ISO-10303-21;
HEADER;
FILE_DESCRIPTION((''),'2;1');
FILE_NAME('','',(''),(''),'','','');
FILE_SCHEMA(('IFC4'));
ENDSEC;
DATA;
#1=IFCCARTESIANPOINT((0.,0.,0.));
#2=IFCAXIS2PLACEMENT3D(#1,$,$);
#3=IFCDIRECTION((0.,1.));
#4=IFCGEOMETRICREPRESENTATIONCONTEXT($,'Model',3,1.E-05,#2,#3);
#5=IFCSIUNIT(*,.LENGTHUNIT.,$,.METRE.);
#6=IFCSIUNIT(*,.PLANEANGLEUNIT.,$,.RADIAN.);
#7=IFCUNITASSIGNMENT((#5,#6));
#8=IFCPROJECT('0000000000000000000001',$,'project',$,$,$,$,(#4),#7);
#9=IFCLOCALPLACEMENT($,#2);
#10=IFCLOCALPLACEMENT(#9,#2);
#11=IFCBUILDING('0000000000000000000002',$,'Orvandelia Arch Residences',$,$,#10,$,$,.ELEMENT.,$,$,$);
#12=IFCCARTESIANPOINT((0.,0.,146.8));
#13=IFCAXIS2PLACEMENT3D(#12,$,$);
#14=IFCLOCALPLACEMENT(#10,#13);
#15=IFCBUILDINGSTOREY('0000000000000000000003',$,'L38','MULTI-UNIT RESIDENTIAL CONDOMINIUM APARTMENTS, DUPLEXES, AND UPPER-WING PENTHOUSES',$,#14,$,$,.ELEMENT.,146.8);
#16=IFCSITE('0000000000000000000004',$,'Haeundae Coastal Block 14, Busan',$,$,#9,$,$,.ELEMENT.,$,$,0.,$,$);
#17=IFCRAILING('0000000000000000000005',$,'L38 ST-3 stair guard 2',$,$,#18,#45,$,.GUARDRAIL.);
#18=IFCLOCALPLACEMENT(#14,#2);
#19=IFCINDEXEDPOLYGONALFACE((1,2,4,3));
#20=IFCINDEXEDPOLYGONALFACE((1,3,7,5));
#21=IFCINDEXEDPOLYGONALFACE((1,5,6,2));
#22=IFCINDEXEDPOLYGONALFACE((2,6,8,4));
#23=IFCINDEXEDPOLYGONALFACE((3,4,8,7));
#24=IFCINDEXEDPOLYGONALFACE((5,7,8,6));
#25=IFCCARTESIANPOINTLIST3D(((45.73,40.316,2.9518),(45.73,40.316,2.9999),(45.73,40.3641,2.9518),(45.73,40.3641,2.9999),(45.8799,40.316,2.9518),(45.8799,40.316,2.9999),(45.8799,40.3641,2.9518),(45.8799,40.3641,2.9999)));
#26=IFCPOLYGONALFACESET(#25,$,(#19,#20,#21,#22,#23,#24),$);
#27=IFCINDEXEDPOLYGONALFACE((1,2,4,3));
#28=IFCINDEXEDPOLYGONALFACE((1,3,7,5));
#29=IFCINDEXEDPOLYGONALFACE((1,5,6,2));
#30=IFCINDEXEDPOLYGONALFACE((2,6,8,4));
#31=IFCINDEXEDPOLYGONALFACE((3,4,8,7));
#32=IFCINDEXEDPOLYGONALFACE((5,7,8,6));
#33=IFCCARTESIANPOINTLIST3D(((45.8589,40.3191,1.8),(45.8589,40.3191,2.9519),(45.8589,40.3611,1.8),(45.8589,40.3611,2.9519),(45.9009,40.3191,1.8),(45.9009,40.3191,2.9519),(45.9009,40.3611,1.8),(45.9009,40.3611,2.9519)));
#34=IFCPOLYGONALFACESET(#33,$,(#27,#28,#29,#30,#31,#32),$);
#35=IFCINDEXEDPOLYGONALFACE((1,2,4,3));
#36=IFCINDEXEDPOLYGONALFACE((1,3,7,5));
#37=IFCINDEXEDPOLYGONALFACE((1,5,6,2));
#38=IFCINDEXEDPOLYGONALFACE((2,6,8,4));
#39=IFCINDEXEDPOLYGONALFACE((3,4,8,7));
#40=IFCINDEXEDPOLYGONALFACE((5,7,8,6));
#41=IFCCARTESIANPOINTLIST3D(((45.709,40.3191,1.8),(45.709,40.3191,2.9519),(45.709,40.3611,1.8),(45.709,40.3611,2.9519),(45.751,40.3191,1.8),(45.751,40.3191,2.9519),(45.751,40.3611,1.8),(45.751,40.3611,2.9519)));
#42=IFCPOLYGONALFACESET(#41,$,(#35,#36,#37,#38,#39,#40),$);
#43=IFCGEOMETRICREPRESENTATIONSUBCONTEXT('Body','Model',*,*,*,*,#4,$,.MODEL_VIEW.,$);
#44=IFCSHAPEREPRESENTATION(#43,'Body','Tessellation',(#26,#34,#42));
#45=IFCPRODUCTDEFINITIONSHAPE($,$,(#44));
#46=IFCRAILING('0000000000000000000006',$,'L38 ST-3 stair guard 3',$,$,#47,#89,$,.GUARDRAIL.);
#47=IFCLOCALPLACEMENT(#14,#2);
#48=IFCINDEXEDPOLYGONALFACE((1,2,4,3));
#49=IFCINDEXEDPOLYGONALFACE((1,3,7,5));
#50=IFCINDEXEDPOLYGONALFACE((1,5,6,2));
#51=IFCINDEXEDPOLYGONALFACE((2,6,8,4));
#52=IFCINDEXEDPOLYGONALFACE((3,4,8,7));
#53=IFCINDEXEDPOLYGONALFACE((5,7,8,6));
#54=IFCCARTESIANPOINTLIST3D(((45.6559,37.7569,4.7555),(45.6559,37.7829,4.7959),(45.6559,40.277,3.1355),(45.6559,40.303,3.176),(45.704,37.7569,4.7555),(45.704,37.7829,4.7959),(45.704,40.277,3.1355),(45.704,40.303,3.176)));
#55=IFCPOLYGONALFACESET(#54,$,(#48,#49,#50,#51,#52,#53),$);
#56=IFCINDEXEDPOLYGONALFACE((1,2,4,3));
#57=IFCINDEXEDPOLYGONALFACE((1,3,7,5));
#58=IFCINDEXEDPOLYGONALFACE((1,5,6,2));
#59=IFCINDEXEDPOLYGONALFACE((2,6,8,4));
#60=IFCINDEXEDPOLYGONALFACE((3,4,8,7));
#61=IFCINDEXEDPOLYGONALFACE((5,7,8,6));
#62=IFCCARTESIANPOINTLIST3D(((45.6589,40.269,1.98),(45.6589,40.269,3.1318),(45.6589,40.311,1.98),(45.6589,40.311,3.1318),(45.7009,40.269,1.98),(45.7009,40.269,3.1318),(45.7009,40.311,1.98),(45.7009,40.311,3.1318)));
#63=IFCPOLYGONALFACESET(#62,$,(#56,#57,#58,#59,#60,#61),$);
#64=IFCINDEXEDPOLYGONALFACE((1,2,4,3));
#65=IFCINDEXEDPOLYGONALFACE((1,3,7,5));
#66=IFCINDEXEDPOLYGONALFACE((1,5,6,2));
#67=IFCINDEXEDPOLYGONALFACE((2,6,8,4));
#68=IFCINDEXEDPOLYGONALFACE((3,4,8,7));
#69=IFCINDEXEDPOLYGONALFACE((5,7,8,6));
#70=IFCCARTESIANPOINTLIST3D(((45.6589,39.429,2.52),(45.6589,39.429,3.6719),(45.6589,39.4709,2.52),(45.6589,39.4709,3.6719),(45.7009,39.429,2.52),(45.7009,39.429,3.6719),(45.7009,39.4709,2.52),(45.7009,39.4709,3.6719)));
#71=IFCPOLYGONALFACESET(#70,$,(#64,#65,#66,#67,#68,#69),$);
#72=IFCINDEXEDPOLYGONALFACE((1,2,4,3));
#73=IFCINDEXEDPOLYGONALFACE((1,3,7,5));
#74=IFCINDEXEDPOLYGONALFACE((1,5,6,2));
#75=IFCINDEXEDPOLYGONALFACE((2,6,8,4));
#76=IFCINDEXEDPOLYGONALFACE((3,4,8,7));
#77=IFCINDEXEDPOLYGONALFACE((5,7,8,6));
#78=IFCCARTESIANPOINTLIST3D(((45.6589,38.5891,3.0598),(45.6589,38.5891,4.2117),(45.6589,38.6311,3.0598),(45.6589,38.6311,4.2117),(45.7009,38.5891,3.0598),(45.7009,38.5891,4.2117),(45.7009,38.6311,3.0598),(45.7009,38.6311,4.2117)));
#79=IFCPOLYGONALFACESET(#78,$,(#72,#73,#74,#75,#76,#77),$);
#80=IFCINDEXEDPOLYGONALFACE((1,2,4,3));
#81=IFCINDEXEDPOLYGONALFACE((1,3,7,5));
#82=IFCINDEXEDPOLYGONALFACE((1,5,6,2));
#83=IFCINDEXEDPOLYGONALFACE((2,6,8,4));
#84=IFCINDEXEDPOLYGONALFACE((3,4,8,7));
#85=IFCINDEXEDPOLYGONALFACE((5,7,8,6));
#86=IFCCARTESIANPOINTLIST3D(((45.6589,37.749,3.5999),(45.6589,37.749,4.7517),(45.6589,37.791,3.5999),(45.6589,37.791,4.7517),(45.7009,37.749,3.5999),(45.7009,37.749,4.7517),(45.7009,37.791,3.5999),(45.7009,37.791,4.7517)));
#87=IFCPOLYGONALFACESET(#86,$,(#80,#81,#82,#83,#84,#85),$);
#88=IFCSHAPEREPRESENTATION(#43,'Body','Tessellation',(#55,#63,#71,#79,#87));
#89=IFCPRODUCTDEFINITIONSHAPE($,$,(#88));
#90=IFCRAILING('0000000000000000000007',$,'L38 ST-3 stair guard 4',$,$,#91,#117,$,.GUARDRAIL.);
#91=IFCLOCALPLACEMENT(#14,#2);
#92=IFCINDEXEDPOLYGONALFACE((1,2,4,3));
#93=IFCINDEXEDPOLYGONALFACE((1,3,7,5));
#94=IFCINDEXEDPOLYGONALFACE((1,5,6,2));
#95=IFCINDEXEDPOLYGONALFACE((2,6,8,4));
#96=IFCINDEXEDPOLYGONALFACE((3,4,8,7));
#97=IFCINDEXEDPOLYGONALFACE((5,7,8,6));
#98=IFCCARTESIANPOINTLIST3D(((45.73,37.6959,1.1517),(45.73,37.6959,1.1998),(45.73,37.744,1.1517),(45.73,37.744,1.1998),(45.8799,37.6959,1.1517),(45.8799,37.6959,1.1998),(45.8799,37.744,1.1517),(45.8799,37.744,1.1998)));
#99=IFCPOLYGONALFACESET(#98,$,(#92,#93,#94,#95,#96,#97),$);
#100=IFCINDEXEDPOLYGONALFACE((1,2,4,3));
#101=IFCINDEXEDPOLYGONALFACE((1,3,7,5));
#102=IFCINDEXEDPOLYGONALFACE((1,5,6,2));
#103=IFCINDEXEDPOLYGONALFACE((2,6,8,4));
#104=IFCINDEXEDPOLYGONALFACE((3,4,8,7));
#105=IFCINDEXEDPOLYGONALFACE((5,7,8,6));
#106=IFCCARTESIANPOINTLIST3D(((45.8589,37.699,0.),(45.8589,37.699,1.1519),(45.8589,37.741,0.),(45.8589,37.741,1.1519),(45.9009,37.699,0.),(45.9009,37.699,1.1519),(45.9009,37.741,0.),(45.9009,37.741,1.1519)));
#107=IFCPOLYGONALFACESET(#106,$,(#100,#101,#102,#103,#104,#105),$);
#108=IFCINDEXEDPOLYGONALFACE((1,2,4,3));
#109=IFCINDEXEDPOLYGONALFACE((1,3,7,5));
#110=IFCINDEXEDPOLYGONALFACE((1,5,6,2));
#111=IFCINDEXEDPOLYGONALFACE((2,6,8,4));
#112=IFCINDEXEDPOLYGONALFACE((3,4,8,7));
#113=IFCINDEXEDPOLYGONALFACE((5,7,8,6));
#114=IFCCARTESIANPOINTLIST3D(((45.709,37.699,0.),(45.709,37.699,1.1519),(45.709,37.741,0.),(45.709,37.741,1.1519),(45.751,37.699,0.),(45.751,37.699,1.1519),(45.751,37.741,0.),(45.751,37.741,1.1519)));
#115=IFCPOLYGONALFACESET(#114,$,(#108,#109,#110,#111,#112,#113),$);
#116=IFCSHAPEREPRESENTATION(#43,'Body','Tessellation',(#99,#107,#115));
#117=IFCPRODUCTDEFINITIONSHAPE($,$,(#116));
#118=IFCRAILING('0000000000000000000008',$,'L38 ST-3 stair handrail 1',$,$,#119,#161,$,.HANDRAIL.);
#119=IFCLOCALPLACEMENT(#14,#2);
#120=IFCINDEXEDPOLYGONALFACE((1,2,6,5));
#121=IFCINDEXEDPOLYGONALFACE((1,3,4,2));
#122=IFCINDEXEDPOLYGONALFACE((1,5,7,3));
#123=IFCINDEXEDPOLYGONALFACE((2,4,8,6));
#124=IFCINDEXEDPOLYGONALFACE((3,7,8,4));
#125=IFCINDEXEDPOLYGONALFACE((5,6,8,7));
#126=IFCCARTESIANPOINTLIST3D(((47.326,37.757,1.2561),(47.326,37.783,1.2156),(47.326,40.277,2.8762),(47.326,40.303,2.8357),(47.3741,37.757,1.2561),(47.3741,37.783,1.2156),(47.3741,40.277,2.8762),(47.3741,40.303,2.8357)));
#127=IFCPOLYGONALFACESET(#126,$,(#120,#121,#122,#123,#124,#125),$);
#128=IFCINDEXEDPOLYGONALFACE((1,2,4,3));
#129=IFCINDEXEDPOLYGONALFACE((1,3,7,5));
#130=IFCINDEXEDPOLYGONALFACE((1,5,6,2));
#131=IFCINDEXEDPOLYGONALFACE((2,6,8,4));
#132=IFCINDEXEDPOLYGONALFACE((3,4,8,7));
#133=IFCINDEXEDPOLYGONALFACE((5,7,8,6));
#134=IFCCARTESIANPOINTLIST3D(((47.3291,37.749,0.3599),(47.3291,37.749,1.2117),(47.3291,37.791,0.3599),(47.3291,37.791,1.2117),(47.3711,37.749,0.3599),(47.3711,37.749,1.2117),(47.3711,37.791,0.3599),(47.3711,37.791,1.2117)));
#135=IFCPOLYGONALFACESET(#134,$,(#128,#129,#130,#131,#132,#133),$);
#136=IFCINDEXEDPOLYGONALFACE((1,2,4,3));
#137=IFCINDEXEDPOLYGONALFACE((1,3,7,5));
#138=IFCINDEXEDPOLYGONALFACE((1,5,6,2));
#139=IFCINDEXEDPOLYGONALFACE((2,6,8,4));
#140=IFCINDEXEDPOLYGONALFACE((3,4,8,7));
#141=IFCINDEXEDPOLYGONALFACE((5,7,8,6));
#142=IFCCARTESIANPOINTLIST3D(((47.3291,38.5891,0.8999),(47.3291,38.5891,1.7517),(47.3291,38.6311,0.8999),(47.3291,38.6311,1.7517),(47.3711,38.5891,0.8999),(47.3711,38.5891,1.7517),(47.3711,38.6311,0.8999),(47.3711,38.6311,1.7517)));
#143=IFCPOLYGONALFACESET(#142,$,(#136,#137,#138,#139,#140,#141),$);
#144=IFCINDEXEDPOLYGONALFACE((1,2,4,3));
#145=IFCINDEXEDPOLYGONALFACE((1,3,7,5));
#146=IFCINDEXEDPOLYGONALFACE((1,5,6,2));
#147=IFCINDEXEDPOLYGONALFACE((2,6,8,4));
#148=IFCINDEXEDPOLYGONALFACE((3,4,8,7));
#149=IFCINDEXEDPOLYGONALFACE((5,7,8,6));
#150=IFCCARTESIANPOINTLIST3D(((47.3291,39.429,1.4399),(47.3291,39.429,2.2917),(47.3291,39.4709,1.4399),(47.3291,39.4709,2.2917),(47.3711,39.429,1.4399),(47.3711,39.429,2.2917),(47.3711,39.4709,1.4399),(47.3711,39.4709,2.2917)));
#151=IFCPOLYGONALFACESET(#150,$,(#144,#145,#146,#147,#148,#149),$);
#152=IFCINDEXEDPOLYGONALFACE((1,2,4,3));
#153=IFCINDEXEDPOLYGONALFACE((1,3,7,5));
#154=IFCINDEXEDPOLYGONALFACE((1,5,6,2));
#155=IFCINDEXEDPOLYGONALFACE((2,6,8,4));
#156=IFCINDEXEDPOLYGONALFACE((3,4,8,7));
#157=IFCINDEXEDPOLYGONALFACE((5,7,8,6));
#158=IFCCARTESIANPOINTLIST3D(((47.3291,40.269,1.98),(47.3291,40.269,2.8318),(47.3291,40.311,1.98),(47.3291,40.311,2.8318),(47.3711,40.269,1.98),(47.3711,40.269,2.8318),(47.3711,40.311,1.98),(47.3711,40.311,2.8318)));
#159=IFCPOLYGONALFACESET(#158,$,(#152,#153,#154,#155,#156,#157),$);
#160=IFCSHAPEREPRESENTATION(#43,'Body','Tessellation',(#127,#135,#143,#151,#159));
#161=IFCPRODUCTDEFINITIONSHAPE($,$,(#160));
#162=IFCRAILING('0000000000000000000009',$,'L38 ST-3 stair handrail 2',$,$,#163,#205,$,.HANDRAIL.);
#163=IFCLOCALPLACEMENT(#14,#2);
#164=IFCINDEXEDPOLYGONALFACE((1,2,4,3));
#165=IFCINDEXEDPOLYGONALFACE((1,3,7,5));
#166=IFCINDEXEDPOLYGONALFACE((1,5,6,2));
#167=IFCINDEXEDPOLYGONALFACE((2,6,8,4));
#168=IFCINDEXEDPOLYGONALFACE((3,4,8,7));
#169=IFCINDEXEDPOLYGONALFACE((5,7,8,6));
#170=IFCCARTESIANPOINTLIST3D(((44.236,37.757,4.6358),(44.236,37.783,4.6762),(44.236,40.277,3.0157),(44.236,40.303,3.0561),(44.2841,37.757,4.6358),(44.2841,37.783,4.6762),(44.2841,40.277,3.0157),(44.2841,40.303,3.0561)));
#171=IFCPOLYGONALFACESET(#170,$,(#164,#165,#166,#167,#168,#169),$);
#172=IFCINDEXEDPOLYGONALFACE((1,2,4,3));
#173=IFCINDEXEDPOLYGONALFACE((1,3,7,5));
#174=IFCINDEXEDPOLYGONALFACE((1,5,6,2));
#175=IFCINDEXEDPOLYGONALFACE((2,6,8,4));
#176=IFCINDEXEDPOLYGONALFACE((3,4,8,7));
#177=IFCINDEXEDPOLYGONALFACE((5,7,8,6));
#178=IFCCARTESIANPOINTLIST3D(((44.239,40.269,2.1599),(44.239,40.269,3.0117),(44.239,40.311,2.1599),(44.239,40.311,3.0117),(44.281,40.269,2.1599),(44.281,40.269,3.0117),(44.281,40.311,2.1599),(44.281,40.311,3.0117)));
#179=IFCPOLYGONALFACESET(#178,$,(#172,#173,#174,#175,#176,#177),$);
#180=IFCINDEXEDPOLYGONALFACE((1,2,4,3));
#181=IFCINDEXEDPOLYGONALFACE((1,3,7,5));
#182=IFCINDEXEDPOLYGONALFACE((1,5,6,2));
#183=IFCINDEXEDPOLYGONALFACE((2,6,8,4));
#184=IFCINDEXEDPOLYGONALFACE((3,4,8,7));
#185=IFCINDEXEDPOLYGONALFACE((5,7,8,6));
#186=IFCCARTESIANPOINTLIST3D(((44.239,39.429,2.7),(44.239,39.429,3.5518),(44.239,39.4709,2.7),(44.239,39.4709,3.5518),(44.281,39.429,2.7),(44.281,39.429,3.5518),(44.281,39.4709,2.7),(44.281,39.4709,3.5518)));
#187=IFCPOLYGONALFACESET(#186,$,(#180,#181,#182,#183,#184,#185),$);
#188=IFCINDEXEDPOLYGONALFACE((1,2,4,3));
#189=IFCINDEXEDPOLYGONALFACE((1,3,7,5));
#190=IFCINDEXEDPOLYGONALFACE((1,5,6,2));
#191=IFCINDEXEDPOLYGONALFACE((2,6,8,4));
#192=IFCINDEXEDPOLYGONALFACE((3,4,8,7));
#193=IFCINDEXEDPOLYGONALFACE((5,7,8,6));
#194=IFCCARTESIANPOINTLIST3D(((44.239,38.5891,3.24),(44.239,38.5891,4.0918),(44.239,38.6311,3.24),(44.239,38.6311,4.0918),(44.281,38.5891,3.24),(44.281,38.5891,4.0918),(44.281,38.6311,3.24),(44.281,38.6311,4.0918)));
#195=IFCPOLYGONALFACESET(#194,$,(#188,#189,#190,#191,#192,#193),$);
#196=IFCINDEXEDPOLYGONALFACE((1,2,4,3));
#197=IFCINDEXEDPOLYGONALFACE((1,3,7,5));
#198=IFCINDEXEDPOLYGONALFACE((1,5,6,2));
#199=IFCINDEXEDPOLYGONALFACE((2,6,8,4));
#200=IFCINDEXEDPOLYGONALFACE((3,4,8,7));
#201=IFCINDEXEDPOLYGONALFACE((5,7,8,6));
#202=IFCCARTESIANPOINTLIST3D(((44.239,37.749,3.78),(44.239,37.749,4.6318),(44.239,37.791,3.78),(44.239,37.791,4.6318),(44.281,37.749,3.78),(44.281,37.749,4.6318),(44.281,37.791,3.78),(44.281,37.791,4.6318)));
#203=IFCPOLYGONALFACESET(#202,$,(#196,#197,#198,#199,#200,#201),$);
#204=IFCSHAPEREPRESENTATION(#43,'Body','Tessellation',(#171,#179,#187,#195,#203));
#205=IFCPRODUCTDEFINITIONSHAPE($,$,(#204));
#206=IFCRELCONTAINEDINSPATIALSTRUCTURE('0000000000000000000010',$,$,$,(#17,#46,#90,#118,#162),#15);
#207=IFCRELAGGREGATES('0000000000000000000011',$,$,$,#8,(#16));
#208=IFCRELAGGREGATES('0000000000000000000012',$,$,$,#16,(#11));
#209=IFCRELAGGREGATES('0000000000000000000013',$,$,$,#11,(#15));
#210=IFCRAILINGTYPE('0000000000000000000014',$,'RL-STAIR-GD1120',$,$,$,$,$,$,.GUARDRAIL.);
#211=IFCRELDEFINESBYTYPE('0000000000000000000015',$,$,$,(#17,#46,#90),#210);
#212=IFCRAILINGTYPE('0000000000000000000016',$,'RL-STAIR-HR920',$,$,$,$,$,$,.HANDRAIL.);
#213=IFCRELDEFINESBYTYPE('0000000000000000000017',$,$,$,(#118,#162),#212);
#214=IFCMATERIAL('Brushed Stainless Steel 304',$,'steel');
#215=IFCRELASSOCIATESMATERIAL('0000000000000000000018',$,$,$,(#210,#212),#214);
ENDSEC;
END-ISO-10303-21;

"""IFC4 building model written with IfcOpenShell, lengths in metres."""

from ifc_helpers import new_model, si_unit, direction, frame, origin, origin_2d, place, context, subcontext, project, spatial, rectangle, extrude, material, type_object, element, save


model = new_model("IFC4")

# Units and contexts
model_context = context("Model", 3, precision=1e-05, world=origin(), true_north=direction((0.0, 1.0)))
body_context = subcontext(model_context, "Body", "Model", "MODEL_VIEW")
ifc_project = project(units=[si_unit("LENGTHUNIT", "METRE"), si_unit("PLANEANGLEUNIT", "RADIAN")], contexts=[model_context])

# Site, building, storey
site_placement = place(None, origin())
site = spatial("IfcSite", under=ifc_project, at=site_placement, Name="Haeundae Coastal Block 14, Busan", CompositionType="ELEMENT", RefElevation=0.0)
building_placement = place(site_placement, origin())
building = spatial("IfcBuilding", under=site, at=building_placement, Name="Orvandelia Arch Residences", CompositionType="ELEMENT")
storey_placement = place(building_placement, frame((0.0, 0.0, 146.8)))
storey = spatial("IfcBuildingStorey", under=building, at=storey_placement, Name="L38", Description="MULTI-UNIT RESIDENTIAL CONDOMINIUM APARTMENTS, DUPLEXES, AND UPPER-WING PENTHOUSES", CompositionType="ELEMENT", Elevation=146.8)

# Railings
ifc_material_1 = material(Name="Brushed Stainless Steel 304", Category="steel")
railing_type_1 = type_object("IfcRailingType", Name="RL-STAIR-GD1120", PredefinedType="GUARDRAIL", material=ifc_material_1)
railing_1_placement = place(storey_placement, frame((45.8799, 40.3401, 1.8)))
element("IfcRailing", 1, at=railing_1_placement, inside=storey, type_object=railing_type_1, Name="L38 ST-3 stair guard 2", PredefinedType="GUARDRAIL", context=body_context, shape_type="SweptSolid", body=[
    extrude(rectangle(XDim=0.0481, YDim=0.0481, at=origin_2d()), frame((0.0, 0.0, 1.1758), z_axis=(-1.0, 0.0, 0.0), x_axis=(0.0, -1.0, 0.0)), (0.0, 0.0, 1.0), 0.1499),
    extrude(rectangle(XDim=0.042, YDim=0.042, at=origin_2d()), origin(), (0.0, 0.0, 1.0), 1.1519),
    extrude(rectangle(XDim=0.042, YDim=0.042, at=origin_2d()), frame((-0.1499, 0.0, 0.0)), (0.0, 0.0, 1.0), 1.1519),
])
railing_2_placement = place(storey_placement, frame((45.6799, 40.29, 1.98)))
element("IfcRailing", 2, at=railing_2_placement, inside=storey, type_object=railing_type_1, Name="L38 ST-3 stair guard 3", PredefinedType="GUARDRAIL", context=body_context, shape_type="SweptSolid", body=[
    extrude(rectangle(XDim=0.0481, YDim=0.0481, at=origin_2d()), frame((0.0, 0.0, 1.1758), z_axis=(0.0, -0.8412, 0.540725), x_axis=(1.0, 0.0, 0.0)), (0.0, 0.0, 1.0), 2.9958),
    extrude(rectangle(XDim=0.042, YDim=0.042, at=origin_2d()), origin(), (0.0, 0.0, 1.0), 1.1519),
    extrude(rectangle(XDim=0.042, YDim=0.042, at=origin_2d()), frame((0.0, -0.8401, 0.54)), (0.0, 0.0, 1.0), 1.1519),
    extrude(rectangle(XDim=0.042, YDim=0.042, at=origin_2d()), frame((0.0, -1.6799, 1.0798)), (0.0, 0.0, 1.0), 1.1519),
    extrude(rectangle(XDim=0.042, YDim=0.042, at=origin_2d()), frame((0.0, -2.52, 1.6199)), (0.0, 0.0, 1.0), 1.1519),
])
railing_3_placement = place(storey_placement, frame((45.8799, 37.72, 0.0)))
element("IfcRailing", 3, at=railing_3_placement, inside=storey, type_object=railing_type_1, Name="L38 ST-3 stair guard 4", PredefinedType="GUARDRAIL", context=body_context, shape_type="SweptSolid", body=[
    extrude(rectangle(XDim=0.0481, YDim=0.0481, at=origin_2d()), frame((0.0, 0.0, 1.1758), z_axis=(-1.0, 0.0, 0.0), x_axis=(0.0, -1.0, 0.0)), (0.0, 0.0, 1.0), 0.1499),
    extrude(rectangle(XDim=0.042, YDim=0.042, at=origin_2d()), origin(), (0.0, 0.0, 1.0), 1.1519),
    extrude(rectangle(XDim=0.042, YDim=0.042, at=origin_2d()), frame((-0.1499, 0.0, 0.0)), (0.0, 0.0, 1.0), 1.1519),
])
railing_type_2 = type_object("IfcRailingType", Name="RL-STAIR-HR920", PredefinedType="HANDRAIL", material=ifc_material_1)
railing_4_placement = place(storey_placement, frame((47.3501, 37.77, 0.3599)))
element("IfcRailing", 4, at=railing_4_placement, inside=storey, type_object=railing_type_2, Name="L38 ST-3 stair handrail 1", PredefinedType="HANDRAIL", context=body_context, shape_type="SweptSolid", body=[
    extrude(rectangle(XDim=0.0481, YDim=0.0481, at=origin_2d()), frame((0.0, 0.0, 0.876), z_axis=(0.0, 0.841163, 0.540782), x_axis=(-1.0, 0.0, 0.0)), (0.0, 0.0, 1.0), 2.9958),
    extrude(rectangle(XDim=0.042, YDim=0.042, at=origin_2d()), origin(), (0.0, 0.0, 1.0), 0.8518),
    extrude(rectangle(XDim=0.042, YDim=0.042, at=origin_2d()), frame((0.0, 0.8401, 0.54)), (0.0, 0.0, 1.0), 0.8518),
    extrude(rectangle(XDim=0.042, YDim=0.042, at=origin_2d()), frame((0.0, 1.6799, 1.0801)), (0.0, 0.0, 1.0), 0.8518),
    extrude(rectangle(XDim=0.042, YDim=0.042, at=origin_2d()), frame((0.0, 2.52, 1.6201)), (0.0, 0.0, 1.0), 0.8518),
])
railing_5_placement = place(storey_placement, frame((44.26, 40.29, 2.1599)))
element("IfcRailing", 5, at=railing_5_placement, inside=storey, type_object=railing_type_2, Name="L38 ST-3 stair handrail 2", PredefinedType="HANDRAIL", context=body_context, shape_type="SweptSolid", body=[
    extrude(rectangle(XDim=0.0481, YDim=0.0481, at=origin_2d()), frame((0.0, 0.0, 0.876), z_axis=(0.0, -0.841163, 0.540782), x_axis=(1.0, 0.0, 0.0)), (0.0, 0.0, 1.0), 2.9958),
    extrude(rectangle(XDim=0.042, YDim=0.042, at=origin_2d()), origin(), (0.0, 0.0, 1.0), 0.8518),
    extrude(rectangle(XDim=0.042, YDim=0.042, at=origin_2d()), frame((0.0, -0.8401, 0.54)), (0.0, 0.0, 1.0), 0.8518),
    extrude(rectangle(XDim=0.042, YDim=0.042, at=origin_2d()), frame((0.0, -1.6799, 1.0801)), (0.0, 0.0, 1.0), 0.8518),
    extrude(rectangle(XDim=0.042, YDim=0.042, at=origin_2d()), frame((0.0, -2.52, 1.6201)), (0.0, 0.0, 1.0), 0.8518),
])

save(model, "model.ifc")
